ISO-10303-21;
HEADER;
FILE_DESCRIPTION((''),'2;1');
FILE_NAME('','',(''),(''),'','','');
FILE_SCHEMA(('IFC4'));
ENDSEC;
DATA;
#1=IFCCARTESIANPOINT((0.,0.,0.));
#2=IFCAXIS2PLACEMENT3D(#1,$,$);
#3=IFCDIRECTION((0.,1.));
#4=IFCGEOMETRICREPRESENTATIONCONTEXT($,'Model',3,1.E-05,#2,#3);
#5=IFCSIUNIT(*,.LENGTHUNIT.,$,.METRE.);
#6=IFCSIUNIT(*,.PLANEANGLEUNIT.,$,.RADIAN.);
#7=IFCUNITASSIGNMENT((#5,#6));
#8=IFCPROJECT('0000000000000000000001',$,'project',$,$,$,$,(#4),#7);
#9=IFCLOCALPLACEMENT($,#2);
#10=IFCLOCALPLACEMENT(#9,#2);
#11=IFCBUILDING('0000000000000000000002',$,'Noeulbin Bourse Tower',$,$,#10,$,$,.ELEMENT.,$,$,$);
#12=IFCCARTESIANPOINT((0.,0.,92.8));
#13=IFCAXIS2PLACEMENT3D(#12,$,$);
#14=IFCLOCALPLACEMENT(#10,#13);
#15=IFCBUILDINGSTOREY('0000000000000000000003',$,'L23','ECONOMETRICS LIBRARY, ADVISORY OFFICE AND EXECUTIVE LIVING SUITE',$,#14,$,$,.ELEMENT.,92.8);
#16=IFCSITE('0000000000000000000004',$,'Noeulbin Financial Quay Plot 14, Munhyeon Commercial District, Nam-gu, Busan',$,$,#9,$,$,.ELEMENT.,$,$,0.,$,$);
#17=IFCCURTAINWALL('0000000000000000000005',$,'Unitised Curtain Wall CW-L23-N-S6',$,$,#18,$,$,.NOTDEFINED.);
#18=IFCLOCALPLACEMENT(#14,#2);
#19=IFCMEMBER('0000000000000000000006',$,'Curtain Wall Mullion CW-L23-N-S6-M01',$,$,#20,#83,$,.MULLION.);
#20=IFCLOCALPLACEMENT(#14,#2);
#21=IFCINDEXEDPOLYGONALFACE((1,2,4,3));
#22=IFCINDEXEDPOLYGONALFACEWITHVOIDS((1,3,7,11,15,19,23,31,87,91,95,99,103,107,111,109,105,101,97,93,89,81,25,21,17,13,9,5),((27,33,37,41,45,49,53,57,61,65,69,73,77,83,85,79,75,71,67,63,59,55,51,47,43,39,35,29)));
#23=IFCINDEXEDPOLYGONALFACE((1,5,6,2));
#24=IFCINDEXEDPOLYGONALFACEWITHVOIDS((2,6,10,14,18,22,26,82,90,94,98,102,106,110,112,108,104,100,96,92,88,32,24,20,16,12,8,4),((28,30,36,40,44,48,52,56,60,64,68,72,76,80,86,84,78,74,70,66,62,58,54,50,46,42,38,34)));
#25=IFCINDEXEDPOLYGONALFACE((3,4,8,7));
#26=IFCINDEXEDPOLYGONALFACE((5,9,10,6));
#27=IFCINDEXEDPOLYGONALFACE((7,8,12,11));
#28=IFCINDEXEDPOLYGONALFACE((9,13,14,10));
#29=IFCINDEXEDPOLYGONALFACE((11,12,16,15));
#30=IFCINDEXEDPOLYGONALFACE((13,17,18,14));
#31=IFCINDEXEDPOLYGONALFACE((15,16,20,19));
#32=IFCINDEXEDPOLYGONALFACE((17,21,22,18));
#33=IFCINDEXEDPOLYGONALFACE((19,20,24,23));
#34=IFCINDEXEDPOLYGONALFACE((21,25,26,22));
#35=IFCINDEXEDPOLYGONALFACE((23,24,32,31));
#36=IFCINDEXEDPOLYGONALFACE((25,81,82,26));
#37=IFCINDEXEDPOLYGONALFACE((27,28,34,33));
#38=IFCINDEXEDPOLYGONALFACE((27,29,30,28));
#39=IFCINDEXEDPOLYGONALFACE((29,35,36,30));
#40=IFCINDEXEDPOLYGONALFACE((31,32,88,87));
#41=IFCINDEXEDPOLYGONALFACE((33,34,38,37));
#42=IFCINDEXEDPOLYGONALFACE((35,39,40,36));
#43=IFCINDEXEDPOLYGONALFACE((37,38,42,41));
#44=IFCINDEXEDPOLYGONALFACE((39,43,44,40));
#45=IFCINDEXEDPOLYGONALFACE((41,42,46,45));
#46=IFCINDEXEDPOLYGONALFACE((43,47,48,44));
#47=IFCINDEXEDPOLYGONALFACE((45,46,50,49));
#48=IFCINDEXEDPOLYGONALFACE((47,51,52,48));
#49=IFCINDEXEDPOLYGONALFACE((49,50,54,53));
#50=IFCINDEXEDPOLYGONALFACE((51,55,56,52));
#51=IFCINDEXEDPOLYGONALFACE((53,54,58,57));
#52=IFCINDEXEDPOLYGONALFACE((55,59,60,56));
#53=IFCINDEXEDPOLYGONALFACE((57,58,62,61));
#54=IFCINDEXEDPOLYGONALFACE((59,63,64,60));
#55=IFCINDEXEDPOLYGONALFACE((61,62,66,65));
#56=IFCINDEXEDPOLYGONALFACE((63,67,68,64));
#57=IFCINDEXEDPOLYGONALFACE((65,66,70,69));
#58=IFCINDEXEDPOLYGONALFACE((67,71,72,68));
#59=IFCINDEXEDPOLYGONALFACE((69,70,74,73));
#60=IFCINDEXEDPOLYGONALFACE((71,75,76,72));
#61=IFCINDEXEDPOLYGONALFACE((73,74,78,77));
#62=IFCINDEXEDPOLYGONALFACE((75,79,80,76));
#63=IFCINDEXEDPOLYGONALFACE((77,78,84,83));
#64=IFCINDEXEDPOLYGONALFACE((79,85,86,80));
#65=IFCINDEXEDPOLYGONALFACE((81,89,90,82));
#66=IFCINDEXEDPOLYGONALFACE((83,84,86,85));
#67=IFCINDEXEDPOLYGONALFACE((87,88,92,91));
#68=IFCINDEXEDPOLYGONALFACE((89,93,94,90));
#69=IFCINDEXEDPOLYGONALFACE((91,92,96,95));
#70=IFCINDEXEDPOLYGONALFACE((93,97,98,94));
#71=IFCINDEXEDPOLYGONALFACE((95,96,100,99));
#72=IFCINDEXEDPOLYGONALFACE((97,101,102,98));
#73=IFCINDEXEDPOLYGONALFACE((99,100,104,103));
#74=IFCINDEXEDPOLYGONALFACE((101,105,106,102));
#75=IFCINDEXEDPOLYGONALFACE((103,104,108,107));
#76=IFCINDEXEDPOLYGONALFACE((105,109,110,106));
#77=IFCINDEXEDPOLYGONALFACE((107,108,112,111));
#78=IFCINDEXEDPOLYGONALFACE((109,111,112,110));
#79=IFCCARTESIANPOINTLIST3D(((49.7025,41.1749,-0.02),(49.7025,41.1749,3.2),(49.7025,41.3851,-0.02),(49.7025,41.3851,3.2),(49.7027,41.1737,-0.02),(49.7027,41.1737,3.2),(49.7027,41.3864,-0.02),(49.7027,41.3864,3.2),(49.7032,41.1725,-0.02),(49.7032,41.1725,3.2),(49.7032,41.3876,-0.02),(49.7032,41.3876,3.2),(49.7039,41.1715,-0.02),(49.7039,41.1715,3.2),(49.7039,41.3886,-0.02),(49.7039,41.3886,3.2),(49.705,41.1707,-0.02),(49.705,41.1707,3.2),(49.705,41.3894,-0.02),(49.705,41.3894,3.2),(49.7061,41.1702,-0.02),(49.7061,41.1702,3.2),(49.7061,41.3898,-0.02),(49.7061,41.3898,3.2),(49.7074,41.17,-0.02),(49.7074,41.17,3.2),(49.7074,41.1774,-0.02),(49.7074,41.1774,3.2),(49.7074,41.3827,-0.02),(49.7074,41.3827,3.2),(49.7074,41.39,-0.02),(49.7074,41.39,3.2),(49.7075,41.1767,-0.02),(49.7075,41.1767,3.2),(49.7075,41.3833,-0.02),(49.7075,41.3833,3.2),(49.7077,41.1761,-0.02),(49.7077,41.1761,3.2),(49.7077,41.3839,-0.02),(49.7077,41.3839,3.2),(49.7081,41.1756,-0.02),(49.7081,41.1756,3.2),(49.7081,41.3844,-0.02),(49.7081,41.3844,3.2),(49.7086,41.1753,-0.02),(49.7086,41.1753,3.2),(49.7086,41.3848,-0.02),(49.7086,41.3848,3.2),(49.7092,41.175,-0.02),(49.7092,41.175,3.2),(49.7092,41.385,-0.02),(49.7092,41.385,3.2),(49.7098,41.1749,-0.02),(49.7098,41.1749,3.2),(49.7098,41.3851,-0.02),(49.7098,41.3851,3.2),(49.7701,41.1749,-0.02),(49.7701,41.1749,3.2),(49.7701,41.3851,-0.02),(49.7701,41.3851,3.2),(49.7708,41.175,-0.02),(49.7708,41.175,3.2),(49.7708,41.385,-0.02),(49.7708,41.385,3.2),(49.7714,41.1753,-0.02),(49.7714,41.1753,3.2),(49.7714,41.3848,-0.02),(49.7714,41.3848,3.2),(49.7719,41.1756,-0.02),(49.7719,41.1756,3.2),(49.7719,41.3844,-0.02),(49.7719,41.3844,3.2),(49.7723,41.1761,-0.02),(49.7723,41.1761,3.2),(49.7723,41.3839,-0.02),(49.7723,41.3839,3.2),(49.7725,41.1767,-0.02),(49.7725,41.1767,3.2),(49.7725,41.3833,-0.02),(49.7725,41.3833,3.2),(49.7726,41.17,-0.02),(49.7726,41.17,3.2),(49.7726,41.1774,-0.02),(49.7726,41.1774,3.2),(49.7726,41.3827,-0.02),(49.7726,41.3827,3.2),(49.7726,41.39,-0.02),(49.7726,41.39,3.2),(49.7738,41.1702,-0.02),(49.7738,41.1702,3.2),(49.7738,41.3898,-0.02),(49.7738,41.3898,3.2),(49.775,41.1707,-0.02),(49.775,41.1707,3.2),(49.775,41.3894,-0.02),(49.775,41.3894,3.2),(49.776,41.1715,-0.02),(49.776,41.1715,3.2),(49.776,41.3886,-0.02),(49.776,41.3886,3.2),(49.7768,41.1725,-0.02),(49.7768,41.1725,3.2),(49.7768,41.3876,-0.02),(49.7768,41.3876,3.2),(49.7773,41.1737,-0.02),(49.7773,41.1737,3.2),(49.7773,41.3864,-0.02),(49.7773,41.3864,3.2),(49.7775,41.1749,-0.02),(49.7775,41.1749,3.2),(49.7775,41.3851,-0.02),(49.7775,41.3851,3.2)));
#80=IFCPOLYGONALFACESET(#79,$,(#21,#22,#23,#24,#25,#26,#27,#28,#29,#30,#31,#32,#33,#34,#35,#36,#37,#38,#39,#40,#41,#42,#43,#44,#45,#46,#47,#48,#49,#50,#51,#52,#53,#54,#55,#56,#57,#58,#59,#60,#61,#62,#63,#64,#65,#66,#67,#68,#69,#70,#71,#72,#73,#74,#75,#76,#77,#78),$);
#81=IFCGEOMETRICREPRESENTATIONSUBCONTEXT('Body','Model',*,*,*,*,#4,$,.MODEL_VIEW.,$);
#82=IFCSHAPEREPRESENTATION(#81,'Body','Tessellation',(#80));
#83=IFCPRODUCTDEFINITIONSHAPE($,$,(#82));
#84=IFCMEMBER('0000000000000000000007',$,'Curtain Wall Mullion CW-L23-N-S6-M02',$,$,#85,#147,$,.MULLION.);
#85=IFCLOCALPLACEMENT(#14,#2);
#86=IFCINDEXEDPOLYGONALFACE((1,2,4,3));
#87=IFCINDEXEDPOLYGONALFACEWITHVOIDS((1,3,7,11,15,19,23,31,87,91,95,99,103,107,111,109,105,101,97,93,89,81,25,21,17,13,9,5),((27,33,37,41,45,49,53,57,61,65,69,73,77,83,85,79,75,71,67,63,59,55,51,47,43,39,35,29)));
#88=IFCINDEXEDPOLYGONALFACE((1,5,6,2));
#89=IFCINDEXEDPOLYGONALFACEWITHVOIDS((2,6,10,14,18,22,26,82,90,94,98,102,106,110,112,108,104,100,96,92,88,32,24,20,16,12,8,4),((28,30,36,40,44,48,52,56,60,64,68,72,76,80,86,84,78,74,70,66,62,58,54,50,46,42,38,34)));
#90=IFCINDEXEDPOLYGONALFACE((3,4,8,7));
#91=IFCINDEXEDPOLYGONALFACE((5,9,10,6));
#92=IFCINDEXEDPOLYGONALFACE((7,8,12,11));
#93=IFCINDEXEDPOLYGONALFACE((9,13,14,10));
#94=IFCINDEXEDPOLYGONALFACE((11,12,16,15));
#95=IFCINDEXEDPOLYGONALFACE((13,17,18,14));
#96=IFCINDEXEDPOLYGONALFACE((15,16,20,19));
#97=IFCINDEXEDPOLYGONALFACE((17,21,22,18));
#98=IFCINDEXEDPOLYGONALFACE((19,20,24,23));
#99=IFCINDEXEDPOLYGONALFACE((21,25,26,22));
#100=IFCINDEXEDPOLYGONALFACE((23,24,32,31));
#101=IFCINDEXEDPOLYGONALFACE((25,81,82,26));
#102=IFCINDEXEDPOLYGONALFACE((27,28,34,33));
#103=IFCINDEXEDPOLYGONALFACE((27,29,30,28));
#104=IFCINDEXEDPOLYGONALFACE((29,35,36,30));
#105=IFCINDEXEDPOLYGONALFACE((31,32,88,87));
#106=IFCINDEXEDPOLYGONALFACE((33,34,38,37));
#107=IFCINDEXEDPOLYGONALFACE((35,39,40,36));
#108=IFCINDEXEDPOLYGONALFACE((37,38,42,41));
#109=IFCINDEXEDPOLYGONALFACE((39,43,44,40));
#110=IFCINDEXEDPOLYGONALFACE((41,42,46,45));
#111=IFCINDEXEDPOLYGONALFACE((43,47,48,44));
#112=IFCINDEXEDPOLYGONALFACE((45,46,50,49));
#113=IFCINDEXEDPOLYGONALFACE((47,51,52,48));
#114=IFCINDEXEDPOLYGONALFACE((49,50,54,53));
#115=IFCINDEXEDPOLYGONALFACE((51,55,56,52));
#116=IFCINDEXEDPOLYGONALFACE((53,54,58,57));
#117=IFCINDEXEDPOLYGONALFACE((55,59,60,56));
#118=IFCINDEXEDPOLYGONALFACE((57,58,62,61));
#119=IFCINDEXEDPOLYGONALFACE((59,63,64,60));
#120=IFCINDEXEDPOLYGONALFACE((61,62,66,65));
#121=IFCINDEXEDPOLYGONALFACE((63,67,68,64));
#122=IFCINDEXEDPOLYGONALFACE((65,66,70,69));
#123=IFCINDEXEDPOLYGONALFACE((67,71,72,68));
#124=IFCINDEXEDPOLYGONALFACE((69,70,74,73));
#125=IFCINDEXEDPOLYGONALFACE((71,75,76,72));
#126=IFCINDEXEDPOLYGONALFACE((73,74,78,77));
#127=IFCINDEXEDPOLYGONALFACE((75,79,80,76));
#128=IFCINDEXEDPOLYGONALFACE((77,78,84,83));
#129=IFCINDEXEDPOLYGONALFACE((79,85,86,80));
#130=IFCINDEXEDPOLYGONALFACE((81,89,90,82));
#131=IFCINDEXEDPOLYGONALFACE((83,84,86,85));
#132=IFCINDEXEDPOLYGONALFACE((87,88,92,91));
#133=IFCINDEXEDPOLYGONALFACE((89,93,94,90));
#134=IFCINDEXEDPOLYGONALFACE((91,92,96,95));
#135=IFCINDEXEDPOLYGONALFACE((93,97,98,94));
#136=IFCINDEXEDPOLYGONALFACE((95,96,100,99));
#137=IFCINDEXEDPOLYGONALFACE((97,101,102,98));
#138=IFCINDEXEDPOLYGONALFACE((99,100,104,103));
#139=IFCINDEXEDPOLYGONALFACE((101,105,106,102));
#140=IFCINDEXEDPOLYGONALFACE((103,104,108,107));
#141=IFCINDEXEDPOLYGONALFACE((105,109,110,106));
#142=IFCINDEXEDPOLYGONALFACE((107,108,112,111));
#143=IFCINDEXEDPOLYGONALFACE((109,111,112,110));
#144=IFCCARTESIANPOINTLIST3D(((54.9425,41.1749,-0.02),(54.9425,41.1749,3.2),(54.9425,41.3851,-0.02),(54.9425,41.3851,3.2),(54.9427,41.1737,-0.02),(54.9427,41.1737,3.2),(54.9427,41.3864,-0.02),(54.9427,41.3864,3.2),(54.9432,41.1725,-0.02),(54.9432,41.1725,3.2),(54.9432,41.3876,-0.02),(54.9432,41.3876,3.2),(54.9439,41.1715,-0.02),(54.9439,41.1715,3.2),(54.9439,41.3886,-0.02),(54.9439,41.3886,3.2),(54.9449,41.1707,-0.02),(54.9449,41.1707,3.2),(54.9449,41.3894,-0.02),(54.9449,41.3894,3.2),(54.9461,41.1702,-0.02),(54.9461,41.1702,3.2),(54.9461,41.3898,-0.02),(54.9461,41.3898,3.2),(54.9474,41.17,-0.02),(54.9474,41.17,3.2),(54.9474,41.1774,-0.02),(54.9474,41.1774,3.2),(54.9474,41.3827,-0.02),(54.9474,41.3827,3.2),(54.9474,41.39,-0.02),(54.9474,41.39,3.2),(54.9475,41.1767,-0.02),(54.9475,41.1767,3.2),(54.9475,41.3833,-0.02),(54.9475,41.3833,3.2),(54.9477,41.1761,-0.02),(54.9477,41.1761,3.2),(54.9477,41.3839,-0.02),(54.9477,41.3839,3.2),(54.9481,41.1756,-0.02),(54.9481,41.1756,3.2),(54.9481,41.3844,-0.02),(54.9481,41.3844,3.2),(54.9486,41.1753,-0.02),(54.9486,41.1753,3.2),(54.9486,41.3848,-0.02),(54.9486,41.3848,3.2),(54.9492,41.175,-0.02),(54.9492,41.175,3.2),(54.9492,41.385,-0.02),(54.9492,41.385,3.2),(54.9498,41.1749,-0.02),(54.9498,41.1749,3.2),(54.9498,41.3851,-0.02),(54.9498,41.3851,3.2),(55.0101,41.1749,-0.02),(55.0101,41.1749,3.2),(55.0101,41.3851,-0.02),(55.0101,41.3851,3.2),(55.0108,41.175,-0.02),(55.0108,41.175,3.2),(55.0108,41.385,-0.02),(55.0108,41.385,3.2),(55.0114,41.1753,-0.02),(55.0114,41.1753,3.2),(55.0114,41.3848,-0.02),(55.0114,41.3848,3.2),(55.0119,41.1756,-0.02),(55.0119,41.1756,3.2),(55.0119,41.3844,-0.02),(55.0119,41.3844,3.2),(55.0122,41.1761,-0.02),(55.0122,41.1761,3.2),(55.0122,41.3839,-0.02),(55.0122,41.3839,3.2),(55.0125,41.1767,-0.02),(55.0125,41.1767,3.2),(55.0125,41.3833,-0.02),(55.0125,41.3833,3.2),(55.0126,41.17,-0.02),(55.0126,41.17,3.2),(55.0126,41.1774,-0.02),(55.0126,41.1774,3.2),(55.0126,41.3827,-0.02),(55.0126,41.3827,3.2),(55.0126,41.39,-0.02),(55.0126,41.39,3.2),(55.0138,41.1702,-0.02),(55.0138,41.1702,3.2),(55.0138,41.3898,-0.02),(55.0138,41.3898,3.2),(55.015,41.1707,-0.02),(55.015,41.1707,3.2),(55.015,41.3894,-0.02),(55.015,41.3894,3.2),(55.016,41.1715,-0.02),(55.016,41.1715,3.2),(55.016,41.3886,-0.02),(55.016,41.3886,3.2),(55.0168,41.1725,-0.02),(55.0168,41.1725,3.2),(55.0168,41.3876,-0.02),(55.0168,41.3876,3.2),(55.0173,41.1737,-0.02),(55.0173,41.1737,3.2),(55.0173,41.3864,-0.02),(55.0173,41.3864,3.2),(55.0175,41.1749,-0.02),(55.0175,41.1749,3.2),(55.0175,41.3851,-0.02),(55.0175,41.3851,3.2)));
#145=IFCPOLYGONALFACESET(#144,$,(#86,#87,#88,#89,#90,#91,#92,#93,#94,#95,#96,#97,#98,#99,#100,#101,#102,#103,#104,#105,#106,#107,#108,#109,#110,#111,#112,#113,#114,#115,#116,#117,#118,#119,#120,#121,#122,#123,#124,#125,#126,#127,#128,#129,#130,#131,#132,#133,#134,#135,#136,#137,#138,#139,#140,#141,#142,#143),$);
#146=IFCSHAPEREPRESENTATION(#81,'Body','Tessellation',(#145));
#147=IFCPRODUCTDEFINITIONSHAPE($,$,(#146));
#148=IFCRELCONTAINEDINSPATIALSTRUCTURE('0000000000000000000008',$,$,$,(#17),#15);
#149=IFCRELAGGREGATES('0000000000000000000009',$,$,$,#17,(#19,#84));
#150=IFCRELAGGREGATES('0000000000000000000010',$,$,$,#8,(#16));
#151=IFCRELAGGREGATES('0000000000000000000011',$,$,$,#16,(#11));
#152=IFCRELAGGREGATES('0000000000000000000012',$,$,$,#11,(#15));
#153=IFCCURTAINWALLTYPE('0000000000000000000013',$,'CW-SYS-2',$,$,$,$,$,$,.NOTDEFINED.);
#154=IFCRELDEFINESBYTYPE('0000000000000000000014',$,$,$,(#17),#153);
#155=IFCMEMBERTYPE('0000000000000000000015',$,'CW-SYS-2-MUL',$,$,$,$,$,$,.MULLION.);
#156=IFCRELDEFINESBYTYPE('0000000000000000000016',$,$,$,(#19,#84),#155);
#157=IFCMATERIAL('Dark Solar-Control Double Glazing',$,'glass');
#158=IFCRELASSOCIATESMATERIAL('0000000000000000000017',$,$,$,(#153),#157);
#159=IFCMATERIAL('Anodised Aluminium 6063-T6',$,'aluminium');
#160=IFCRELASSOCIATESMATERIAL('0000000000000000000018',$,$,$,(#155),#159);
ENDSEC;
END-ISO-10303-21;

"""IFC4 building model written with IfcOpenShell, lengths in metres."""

from ifc_helpers import new_model, si_unit, direction, frame, origin, origin_2d, place, context, subcontext, project, spatial, hollow_rectangle, extrude, material, material_profile, profile_set, type_object, element, aggregate, save


model = new_model("IFC4")

# Units and contexts
model_context = context("Model", 3, precision=1e-05, world=origin(), true_north=direction((0.0, 1.0)))
body_context = subcontext(model_context, "Body", "Model", "MODEL_VIEW")
ifc_project = project(units=[si_unit("LENGTHUNIT", "METRE"), si_unit("PLANEANGLEUNIT", "RADIAN")], contexts=[model_context])

# Site, building, storey
site_placement = place(None, origin())
site = spatial("IfcSite", under=ifc_project, at=site_placement, Name="Noeulbin Financial Quay Plot 14, Munhyeon Commercial District, Nam-gu, Busan", CompositionType="ELEMENT", RefElevation=0.0)
building_placement = place(site_placement, origin())
building = spatial("IfcBuilding", under=site, at=building_placement, Name="Noeulbin Bourse Tower", CompositionType="ELEMENT")
storey_placement = place(building_placement, frame((0.0, 0.0, 92.8)))
storey = spatial("IfcBuildingStorey", under=building, at=storey_placement, Name="L23", Description="ECONOMETRICS LIBRARY, ADVISORY OFFICE AND EXECUTIVE LIVING SUITE", CompositionType="ELEMENT", Elevation=92.8)

# Curtain wall, members
ifc_material_1 = material(Name="Dark Solar-Control Double Glazing", Category="glass")
curtain_wall_type = type_object("IfcCurtainWallType", Name="CW-SYS-2", PredefinedType="NOTDEFINED", material=ifc_material_1)
curtain_wall_1_placement = place(storey_placement, origin())
curtain_wall_1 = element("IfcCurtainWall", 1, at=curtain_wall_1_placement, inside=storey, type_object=curtain_wall_type, Name="Unitised Curtain Wall CW-L23-N-S6", PredefinedType="NOTDEFINED")
ifc_material_2 = material(Name="Anodised Aluminium 6063-T6", Category="aluminium")
ifc_material_profile_1 = material_profile(ifc_material_2, hollow_rectangle(XDim=0.075, YDim=0.22, WallThickness=0.0049, InnerFilletRadius=0.0024, OuterFilletRadius=0.0049, at=origin_2d()), Name="ALU-MULL-75x220x5", Category="LoadBearing")
ifc_profile_set_1 = profile_set([ifc_material_profile_1], Name="Anodised Aluminium 6063-T6")
member_type_1 = type_object("IfcMemberType", Name="CW-SYS-2-MUL", PredefinedType="MULLION", material=ifc_profile_set_1)
member_1_placement = place(storey_placement, frame((49.74, 41.28, -0.02), z_axis=(0.0, 0.0, 1.0), x_axis=(1.0, 0.0, 0.0)))
member_1 = element("IfcMember", 2, at=member_1_placement, type_object=member_type_1, Name="Curtain Wall Mullion CW-L23-N-S6-M01", PredefinedType="MULLION", context=body_context, shape_type="SweptSolid", body=[
    extrude(hollow_rectangle(XDim=0.075, YDim=0.22, WallThickness=0.0049, InnerFilletRadius=0.0024, OuterFilletRadius=0.0049, at=origin_2d()), origin(), (0.0, 0.0, 1.0), 3.22),
])
member_2_placement = place(storey_placement, frame((54.98, 41.28, -0.02), z_axis=(0.0, 0.0, 1.0), x_axis=(1.0, 0.0, 0.0)))
member_2 = element("IfcMember", 3, at=member_2_placement, type_object=member_type_1, Name="Curtain Wall Mullion CW-L23-N-S6-M02", PredefinedType="MULLION", context=body_context, shape_type="SweptSolid", body=[
    extrude(hollow_rectangle(XDim=0.075, YDim=0.22, WallThickness=0.0049, InnerFilletRadius=0.0024, OuterFilletRadius=0.0049, at=origin_2d()), origin(), (0.0, 0.0, 1.0), 3.22),
])

aggregate(curtain_wall_1, [member_1, member_2])

save(model, "model.ifc")
